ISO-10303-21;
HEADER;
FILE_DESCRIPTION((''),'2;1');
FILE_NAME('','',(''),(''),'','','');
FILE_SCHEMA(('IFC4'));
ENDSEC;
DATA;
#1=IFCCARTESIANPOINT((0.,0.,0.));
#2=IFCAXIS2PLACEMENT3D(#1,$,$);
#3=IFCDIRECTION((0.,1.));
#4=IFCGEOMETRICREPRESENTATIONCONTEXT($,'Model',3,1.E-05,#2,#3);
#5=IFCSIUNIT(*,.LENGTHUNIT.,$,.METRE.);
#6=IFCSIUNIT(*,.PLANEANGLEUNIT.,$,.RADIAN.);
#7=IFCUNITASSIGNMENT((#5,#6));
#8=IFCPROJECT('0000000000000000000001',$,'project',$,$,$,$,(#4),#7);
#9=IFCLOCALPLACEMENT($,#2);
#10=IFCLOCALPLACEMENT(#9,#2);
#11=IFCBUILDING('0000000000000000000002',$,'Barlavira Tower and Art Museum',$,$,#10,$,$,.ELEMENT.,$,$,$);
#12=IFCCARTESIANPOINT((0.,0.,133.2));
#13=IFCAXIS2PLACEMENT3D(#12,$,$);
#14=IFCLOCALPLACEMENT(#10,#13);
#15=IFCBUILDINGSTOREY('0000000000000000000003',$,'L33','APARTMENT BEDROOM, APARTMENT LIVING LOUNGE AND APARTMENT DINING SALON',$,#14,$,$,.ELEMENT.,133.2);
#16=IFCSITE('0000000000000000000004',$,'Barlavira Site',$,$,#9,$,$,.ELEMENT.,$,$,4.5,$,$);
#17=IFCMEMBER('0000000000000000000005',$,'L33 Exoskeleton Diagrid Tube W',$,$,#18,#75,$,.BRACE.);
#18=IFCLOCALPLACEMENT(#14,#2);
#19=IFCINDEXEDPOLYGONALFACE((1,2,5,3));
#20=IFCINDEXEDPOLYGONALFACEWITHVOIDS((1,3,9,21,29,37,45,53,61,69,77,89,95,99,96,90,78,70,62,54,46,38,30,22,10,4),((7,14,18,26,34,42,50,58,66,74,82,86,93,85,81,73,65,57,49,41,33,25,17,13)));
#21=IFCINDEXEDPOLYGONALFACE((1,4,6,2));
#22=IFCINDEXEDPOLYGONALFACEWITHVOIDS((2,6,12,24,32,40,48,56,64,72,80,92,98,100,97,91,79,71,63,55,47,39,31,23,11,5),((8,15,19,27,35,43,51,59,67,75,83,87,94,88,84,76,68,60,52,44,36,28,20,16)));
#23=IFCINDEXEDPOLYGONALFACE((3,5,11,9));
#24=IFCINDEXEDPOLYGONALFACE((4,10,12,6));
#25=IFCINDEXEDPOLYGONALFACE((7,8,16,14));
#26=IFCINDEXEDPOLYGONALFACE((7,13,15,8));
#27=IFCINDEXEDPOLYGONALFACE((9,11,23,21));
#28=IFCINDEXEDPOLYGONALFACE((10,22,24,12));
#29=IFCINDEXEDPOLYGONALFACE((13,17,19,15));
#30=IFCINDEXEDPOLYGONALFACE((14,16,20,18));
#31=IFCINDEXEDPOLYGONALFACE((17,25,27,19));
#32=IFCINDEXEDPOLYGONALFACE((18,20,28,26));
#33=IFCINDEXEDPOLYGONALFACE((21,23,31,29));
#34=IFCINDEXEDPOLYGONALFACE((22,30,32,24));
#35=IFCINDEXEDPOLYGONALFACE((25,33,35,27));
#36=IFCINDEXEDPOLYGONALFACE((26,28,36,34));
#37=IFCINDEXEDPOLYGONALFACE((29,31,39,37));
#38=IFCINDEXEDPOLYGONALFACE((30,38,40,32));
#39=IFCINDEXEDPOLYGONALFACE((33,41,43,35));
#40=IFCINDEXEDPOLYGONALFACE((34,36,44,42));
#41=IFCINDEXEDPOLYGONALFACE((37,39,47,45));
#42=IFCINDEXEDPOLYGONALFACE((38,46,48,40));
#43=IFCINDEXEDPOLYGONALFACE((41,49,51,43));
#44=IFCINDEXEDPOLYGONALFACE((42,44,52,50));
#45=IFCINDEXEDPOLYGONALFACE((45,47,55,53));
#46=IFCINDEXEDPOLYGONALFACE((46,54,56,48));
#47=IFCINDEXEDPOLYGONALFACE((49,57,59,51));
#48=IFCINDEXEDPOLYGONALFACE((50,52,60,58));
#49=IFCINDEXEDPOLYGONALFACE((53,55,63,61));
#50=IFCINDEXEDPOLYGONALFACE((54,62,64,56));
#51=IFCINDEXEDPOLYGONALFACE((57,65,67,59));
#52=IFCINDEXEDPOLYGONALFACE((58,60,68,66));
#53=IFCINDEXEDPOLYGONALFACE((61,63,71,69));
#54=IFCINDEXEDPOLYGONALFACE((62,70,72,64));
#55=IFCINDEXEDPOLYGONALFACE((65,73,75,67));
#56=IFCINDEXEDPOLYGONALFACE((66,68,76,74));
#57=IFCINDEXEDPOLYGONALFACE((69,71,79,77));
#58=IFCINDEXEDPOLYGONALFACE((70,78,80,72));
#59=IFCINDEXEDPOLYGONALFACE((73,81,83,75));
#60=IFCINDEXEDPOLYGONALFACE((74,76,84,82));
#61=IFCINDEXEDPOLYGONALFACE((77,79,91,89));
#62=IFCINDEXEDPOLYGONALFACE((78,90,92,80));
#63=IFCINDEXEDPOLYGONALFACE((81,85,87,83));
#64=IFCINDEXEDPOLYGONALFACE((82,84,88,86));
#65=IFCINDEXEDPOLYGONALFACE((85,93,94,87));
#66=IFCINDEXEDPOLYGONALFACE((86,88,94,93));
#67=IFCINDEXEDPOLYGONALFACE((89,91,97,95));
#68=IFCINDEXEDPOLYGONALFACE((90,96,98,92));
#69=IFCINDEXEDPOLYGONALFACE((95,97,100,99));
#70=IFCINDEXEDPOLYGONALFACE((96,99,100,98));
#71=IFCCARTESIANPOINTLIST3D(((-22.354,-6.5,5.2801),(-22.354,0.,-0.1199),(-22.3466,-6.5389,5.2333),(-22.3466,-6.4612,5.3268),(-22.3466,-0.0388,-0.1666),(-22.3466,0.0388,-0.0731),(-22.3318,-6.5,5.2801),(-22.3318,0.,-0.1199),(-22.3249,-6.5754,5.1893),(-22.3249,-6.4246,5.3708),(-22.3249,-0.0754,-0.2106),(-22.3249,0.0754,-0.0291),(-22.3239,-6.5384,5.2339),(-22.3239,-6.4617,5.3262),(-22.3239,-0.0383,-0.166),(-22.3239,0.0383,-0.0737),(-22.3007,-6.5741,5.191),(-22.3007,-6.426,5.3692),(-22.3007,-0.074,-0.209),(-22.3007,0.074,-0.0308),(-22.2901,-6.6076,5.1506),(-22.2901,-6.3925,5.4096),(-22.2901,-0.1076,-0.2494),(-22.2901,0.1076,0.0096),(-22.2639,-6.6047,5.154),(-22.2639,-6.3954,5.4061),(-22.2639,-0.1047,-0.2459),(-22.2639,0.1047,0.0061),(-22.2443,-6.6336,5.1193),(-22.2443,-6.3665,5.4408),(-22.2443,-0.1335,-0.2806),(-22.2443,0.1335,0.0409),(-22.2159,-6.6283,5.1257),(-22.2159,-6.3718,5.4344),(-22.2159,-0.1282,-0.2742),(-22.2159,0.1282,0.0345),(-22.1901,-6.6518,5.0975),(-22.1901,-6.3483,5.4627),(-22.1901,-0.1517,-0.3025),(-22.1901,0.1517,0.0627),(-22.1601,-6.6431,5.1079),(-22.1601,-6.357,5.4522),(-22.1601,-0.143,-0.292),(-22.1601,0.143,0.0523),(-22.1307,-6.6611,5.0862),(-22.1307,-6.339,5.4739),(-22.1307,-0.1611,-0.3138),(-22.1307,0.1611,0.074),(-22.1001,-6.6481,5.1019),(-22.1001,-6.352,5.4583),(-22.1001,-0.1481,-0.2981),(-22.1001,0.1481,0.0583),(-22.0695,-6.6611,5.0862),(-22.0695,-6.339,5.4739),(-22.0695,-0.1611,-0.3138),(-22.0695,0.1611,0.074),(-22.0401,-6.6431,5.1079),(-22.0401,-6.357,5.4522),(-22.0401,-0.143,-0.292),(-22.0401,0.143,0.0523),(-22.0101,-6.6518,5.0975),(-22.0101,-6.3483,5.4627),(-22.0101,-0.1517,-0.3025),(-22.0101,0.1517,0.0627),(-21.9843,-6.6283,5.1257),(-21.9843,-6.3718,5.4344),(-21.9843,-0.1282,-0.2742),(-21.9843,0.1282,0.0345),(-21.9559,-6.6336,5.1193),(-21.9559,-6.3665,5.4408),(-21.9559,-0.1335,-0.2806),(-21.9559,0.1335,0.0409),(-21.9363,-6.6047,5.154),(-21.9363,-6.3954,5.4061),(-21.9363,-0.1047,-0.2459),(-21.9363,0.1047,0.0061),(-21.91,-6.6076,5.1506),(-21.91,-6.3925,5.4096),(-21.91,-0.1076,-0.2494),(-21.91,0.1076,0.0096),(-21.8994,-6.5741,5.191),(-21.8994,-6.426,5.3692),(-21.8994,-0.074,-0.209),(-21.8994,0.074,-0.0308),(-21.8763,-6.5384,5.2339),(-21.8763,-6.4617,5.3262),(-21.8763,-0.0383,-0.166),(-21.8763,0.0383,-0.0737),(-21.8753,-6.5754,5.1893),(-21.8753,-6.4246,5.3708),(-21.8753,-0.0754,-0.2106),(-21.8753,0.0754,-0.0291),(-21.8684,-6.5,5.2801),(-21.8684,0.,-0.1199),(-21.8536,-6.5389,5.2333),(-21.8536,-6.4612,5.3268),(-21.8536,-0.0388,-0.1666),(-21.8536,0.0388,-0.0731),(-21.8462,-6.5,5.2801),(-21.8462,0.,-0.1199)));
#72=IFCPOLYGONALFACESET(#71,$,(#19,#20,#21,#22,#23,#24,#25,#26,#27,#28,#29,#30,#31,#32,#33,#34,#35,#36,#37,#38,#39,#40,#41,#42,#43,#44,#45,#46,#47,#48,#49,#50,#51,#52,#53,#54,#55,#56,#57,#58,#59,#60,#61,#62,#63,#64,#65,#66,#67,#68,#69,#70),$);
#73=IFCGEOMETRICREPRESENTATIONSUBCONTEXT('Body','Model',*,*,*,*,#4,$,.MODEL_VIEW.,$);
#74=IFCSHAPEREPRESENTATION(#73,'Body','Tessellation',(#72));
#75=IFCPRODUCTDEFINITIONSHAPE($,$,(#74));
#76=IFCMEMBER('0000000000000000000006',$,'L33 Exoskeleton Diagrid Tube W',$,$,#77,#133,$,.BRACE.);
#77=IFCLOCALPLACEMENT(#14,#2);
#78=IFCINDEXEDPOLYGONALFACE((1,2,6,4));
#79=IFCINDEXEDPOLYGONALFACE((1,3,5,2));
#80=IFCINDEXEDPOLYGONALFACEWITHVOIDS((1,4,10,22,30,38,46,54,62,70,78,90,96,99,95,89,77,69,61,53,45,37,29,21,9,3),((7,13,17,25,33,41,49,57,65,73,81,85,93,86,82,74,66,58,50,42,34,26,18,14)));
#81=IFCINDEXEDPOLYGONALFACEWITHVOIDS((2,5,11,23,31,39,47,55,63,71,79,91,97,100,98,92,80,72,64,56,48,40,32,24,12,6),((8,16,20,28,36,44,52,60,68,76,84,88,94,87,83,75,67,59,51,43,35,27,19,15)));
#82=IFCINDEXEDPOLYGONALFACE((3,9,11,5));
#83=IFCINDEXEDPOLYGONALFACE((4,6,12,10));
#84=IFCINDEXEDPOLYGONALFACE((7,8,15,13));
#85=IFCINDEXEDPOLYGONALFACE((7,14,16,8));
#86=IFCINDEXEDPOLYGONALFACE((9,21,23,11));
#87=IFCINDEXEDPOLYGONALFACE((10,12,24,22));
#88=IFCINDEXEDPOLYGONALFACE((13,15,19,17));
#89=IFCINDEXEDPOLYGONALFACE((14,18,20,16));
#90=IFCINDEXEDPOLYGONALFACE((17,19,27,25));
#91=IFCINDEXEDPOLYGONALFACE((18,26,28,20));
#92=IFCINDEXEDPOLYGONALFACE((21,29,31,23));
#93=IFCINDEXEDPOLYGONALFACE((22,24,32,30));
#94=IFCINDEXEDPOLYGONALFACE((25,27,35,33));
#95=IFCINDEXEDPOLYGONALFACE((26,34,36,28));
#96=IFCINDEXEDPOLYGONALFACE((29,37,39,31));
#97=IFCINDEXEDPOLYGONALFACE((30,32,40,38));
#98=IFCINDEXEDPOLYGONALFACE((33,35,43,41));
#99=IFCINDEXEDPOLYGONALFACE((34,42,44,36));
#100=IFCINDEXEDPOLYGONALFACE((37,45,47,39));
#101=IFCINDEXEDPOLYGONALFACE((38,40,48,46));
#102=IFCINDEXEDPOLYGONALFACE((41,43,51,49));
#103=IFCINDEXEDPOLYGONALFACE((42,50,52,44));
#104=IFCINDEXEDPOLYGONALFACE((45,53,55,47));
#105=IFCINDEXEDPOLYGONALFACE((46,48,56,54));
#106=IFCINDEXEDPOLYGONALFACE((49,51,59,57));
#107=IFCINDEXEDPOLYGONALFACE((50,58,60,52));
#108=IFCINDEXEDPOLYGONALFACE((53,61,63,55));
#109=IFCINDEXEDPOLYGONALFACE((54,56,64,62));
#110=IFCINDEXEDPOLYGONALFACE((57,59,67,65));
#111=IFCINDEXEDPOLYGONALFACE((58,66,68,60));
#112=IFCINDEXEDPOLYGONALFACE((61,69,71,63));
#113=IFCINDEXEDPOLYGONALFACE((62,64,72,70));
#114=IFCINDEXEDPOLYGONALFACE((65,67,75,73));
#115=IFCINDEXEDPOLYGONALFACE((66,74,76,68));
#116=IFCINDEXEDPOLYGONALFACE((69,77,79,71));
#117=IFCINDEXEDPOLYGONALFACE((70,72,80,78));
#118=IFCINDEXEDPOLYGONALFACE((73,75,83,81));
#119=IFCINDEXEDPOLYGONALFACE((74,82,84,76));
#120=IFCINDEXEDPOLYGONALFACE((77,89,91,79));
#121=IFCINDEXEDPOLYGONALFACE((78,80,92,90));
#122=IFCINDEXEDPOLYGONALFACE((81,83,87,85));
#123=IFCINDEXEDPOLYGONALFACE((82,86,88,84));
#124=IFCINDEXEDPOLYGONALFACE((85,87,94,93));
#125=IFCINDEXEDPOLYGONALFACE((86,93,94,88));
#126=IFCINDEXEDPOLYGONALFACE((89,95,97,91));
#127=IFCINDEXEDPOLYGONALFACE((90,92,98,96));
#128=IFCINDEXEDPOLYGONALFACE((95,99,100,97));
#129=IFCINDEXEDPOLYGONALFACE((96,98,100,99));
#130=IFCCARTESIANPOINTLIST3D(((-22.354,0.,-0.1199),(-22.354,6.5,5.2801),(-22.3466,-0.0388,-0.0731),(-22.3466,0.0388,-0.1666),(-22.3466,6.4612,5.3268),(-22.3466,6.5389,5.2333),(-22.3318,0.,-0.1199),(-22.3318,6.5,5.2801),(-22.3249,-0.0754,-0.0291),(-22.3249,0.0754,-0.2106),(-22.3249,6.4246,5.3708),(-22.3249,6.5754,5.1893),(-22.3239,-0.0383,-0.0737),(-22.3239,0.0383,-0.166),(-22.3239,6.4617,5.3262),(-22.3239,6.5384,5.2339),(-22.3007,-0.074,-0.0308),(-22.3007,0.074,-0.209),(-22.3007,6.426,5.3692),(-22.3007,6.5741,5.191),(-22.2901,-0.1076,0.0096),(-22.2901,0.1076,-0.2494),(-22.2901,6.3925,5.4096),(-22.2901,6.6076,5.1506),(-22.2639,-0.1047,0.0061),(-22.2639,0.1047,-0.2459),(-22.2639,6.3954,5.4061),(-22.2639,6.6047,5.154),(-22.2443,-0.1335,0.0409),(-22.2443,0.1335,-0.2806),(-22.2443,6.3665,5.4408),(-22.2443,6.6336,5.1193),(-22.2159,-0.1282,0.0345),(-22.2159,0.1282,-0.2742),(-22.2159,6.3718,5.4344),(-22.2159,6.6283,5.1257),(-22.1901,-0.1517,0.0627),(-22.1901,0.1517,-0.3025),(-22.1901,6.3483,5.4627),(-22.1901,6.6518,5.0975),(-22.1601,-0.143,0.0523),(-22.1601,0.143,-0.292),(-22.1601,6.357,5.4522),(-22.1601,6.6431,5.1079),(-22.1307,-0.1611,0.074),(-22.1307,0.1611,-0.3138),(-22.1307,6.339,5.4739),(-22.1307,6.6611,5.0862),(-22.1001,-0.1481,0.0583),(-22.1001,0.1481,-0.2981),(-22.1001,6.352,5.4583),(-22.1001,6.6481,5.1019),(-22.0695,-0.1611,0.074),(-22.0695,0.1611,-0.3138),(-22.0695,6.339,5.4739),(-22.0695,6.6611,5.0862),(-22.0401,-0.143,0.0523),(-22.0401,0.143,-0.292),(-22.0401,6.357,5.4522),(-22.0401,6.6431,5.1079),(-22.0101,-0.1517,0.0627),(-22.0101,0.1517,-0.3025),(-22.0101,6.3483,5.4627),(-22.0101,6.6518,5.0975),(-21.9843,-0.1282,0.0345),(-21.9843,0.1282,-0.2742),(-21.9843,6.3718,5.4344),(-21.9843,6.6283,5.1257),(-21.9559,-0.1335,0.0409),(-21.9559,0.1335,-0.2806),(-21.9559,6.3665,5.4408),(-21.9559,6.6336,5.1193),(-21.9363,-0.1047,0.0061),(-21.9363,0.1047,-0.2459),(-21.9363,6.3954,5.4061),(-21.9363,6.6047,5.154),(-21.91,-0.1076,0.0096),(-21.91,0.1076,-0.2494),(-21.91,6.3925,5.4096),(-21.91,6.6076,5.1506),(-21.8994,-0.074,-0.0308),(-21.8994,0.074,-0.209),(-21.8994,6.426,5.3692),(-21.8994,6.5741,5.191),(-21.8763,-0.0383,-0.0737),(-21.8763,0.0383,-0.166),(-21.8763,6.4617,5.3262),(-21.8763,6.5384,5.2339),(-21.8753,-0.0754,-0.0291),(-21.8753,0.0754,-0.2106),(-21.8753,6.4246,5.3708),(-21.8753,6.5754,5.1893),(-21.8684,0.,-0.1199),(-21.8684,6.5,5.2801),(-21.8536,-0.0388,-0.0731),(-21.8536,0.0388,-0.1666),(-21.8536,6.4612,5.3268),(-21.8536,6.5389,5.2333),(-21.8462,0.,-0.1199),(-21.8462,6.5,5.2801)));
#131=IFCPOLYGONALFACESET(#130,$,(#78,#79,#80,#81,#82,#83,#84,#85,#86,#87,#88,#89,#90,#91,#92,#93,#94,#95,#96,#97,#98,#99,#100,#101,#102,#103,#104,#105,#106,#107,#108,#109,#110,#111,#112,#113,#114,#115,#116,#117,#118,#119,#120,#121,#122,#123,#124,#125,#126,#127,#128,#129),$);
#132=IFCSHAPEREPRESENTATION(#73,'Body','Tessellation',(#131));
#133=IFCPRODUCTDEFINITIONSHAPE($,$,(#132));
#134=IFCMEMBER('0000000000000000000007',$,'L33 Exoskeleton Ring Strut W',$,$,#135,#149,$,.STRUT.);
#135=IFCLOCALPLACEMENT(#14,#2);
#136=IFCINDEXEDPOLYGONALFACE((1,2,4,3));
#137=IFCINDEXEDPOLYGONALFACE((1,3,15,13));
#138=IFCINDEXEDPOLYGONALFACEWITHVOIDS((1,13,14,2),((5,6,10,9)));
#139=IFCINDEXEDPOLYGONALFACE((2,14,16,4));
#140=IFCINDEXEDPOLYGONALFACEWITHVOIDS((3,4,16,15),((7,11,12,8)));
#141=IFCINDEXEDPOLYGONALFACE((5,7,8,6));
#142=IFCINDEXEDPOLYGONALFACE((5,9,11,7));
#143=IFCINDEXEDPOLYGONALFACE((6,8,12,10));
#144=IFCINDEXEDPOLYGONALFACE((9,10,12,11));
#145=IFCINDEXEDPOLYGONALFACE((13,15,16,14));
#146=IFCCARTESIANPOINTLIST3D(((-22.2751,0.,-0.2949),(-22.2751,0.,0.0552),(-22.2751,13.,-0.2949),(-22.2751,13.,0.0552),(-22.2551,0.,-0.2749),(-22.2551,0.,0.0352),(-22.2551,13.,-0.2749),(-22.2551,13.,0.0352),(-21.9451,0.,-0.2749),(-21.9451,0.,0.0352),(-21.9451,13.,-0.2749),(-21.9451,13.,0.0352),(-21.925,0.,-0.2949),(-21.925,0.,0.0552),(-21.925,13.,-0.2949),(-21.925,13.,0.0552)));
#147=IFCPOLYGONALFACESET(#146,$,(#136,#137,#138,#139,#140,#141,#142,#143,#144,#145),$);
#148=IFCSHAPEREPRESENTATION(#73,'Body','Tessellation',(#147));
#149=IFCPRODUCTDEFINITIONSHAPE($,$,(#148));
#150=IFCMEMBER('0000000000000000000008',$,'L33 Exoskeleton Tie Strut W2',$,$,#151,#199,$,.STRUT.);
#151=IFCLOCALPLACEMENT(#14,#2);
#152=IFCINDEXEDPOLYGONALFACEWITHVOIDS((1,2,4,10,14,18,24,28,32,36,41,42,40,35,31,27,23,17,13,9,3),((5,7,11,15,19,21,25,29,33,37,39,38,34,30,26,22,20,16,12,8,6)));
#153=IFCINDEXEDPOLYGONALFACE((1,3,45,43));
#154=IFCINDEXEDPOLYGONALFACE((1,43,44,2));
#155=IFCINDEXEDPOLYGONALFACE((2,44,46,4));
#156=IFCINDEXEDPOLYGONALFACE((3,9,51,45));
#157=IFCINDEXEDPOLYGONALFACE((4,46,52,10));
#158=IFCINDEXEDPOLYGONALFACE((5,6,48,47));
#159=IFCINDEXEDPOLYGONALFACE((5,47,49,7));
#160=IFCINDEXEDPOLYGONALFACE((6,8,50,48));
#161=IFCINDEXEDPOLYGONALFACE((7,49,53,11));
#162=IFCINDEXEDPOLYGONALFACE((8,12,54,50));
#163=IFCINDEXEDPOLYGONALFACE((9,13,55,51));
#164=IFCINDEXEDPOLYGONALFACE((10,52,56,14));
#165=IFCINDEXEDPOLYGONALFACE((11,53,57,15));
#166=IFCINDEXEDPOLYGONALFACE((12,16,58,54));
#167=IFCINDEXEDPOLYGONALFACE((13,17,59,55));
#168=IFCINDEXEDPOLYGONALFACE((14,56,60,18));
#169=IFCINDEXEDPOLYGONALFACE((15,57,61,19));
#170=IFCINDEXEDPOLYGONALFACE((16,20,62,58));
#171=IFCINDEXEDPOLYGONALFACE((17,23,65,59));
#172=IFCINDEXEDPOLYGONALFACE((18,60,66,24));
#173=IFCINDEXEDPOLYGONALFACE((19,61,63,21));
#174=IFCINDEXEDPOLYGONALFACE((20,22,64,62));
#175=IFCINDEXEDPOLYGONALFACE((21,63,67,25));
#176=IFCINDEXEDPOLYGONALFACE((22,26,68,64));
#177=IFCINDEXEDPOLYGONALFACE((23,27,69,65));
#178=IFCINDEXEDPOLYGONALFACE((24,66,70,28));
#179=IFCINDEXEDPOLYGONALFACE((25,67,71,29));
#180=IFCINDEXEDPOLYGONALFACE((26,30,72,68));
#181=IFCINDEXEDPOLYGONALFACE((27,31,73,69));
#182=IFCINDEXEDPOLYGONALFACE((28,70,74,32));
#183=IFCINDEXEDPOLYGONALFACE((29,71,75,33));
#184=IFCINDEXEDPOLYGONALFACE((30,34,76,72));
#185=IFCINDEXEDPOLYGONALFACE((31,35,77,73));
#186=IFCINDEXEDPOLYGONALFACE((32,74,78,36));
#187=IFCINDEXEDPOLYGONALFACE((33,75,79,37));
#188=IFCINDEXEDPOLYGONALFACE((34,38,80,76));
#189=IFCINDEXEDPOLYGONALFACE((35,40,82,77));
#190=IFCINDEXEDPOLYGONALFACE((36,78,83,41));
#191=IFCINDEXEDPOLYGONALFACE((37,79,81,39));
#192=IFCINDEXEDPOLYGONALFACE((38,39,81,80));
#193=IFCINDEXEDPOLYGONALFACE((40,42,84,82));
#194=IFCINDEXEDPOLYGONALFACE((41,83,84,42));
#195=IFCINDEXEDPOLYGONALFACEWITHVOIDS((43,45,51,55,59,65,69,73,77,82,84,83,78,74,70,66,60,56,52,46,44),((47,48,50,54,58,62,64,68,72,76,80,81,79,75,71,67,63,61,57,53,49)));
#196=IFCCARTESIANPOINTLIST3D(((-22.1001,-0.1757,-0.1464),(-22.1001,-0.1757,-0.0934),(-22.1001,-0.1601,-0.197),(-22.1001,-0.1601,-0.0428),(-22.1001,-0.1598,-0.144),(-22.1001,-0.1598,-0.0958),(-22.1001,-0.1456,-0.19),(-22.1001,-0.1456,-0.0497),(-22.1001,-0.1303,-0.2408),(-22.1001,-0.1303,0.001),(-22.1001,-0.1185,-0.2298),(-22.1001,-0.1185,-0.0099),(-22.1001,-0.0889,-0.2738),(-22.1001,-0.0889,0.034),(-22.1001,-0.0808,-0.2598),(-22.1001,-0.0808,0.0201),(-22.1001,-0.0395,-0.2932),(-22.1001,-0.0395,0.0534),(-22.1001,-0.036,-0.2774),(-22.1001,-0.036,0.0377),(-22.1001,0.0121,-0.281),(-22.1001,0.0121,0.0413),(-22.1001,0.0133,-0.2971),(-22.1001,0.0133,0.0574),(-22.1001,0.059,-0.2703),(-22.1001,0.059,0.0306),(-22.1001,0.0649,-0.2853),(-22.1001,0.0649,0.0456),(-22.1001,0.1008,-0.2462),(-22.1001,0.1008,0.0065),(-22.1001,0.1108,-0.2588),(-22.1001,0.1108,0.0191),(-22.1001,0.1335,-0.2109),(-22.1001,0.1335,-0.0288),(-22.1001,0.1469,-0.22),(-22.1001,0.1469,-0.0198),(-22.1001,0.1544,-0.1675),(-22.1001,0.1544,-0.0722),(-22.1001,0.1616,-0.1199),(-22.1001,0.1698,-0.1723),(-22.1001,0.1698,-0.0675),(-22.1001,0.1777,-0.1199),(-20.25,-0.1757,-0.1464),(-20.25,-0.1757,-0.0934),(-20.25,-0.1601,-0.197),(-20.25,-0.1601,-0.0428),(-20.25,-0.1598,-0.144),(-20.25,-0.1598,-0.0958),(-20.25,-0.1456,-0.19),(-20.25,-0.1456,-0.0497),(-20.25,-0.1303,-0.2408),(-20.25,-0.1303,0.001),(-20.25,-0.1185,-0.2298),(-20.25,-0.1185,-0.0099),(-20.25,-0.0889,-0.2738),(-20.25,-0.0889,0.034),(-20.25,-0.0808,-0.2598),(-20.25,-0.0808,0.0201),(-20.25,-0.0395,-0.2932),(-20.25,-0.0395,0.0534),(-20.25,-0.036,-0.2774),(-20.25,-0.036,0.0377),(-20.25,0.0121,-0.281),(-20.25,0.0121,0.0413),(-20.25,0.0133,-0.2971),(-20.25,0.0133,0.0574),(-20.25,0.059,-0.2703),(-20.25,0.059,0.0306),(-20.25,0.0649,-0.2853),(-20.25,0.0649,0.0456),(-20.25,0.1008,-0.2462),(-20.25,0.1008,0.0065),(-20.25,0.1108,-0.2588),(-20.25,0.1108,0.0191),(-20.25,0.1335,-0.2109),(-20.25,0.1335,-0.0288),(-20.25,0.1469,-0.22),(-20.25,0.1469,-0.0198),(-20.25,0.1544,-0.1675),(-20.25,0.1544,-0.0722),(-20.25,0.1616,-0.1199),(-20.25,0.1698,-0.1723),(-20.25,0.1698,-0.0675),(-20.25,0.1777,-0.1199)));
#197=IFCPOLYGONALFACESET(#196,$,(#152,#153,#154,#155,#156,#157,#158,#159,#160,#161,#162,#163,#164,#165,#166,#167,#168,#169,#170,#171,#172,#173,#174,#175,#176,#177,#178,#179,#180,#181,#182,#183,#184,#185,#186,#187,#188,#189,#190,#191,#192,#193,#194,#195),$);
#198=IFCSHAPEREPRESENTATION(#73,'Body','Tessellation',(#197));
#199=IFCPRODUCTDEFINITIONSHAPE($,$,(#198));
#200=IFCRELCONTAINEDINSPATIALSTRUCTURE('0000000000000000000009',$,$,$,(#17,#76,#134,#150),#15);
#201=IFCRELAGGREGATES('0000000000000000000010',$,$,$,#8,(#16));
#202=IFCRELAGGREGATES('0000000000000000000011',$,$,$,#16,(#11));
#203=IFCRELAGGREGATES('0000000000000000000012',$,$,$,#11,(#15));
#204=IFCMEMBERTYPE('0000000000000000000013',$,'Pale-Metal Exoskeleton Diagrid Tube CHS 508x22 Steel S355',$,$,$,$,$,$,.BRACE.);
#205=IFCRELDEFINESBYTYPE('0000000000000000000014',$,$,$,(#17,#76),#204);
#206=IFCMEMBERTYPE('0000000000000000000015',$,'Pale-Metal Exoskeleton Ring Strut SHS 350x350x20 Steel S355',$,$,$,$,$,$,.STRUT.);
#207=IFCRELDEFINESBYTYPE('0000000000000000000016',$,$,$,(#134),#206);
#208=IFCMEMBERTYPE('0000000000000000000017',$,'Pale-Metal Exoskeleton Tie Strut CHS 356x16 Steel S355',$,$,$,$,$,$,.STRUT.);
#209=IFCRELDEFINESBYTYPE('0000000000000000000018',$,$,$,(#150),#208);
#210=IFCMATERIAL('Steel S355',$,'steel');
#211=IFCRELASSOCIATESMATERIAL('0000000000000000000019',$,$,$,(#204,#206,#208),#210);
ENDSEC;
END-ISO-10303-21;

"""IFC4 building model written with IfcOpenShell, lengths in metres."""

from ifc_helpers import new_model, si_unit, direction, frame, origin, origin_2d, place, context, subcontext, project, spatial, hollow_rectangle, hollow_circle, extrude, material, material_profile, profile_set, type_object, element, save


model = new_model("IFC4")

# Units and contexts
model_context = context("Model", 3, precision=1e-05, world=origin(), true_north=direction((0.0, 1.0)))
body_context = subcontext(model_context, "Body", "Model", "MODEL_VIEW")
ifc_project = project(units=[si_unit("LENGTHUNIT", "METRE"), si_unit("PLANEANGLEUNIT", "RADIAN")], contexts=[model_context])

# Site, building, storey
site_placement = place(None, origin())
site = spatial("IfcSite", under=ifc_project, at=site_placement, Name="Barlavira Site", CompositionType="ELEMENT", RefElevation=4.5)
building_placement = place(site_placement, origin())
building = spatial("IfcBuilding", under=site, at=building_placement, Name="Barlavira Tower and Art Museum", CompositionType="ELEMENT")
storey_placement = place(building_placement, frame((0.0, 0.0, 133.2)))
storey = spatial("IfcBuildingStorey", under=building, at=storey_placement, Name="L33", Description="APARTMENT BEDROOM, APARTMENT LIVING LOUNGE AND APARTMENT DINING SALON", CompositionType="ELEMENT", Elevation=133.2)

# Members
ifc_material_1 = material(Name="Steel S355", Category="steel")
ifc_material_profile_1 = material_profile(ifc_material_1, hollow_circle(Radius=0.2539, WallThickness=0.0222, at=origin_2d()), Name="CHS 508.0x22.2")
ifc_profile_set_1 = profile_set([ifc_material_profile_1], Name="Steel S355")
member_type_1 = type_object("IfcMemberType", Name="Pale-Metal Exoskeleton Diagrid Tube CHS 508x22 Steel S355", PredefinedType="BRACE", material=ifc_profile_set_1)
for number, where, z_axis, x_axis, name in (
    (1, (-22.1001, 0.0, -0.1199), (0.0, -0.769196, 0.639013), (1.0, 0.0, 0.0), "L33 Exoskeleton Diagrid Tube W"),
    (2, (-22.1001, 0.0, -0.1199), (0.0, 0.769196, 0.639013), (-1.0, 0.0, 0.0), "L33 Exoskeleton Diagrid Tube W"),
):
    element("IfcMember", number, at=place(storey_placement, frame(where, z_axis=z_axis, x_axis=x_axis)), inside=storey, type_object=member_type_1, Name=name, PredefinedType="BRACE", context=body_context, shape_type="SweptSolid", body=[
        extrude(hollow_circle(Radius=0.2539, WallThickness=0.0222, at=origin_2d()), origin(), (0.0, 0.0, 1.0), 8.4504),
    ])
ifc_material_profile_2 = material_profile(ifc_material_1, hollow_rectangle(XDim=0.3501, YDim=0.3501, WallThickness=0.02, at=origin_2d()), Name="SHS 350x350x20.0")
ifc_profile_set_2 = profile_set([ifc_material_profile_2], Name="Steel S355")
member_type_2 = type_object("IfcMemberType", Name="Pale-Metal Exoskeleton Ring Strut SHS 350x350x20 Steel S355", PredefinedType="STRUT", material=ifc_profile_set_2)
member_1_placement = place(storey_placement, frame((-22.1001, 0.0, -0.1199), z_axis=(0.0, 1.0, 0.0), x_axis=(-1.0, 0.0, 0.0)))
element("IfcMember", 3, at=member_1_placement, inside=storey, type_object=member_type_2, Name="L33 Exoskeleton Ring Strut W", PredefinedType="STRUT", context=body_context, shape_type="SweptSolid", body=[
    extrude(hollow_rectangle(XDim=0.3501, YDim=0.3501, WallThickness=0.02, at=origin_2d()), origin(), (0.0, 0.0, 1.0), 13.0),
])
ifc_material_profile_3 = material_profile(ifc_material_1, hollow_circle(Radius=0.1777, WallThickness=0.0161, at=origin_2d()), Name="CHS 355.6x16.0")
ifc_profile_set_3 = profile_set([ifc_material_profile_3], Name="Steel S355")
member_type_3 = type_object("IfcMemberType", Name="Pale-Metal Exoskeleton Tie Strut CHS 356x16 Steel S355", PredefinedType="STRUT", material=ifc_profile_set_3)
member_2_placement = place(storey_placement, frame((-22.1001, 0.0, -0.1199), z_axis=(1.0, 0.0, 0.0), x_axis=(0.0, 1.0, 0.0)))
element("IfcMember", 4, at=member_2_placement, inside=storey, type_object=member_type_3, Name="L33 Exoskeleton Tie Strut W2", PredefinedType="STRUT", context=body_context, shape_type="SweptSolid", body=[
    extrude(hollow_circle(Radius=0.1777, WallThickness=0.0161, at=origin_2d()), origin(), (0.0, 0.0, 1.0), 1.8501),
])

save(model, "model.ifc")
